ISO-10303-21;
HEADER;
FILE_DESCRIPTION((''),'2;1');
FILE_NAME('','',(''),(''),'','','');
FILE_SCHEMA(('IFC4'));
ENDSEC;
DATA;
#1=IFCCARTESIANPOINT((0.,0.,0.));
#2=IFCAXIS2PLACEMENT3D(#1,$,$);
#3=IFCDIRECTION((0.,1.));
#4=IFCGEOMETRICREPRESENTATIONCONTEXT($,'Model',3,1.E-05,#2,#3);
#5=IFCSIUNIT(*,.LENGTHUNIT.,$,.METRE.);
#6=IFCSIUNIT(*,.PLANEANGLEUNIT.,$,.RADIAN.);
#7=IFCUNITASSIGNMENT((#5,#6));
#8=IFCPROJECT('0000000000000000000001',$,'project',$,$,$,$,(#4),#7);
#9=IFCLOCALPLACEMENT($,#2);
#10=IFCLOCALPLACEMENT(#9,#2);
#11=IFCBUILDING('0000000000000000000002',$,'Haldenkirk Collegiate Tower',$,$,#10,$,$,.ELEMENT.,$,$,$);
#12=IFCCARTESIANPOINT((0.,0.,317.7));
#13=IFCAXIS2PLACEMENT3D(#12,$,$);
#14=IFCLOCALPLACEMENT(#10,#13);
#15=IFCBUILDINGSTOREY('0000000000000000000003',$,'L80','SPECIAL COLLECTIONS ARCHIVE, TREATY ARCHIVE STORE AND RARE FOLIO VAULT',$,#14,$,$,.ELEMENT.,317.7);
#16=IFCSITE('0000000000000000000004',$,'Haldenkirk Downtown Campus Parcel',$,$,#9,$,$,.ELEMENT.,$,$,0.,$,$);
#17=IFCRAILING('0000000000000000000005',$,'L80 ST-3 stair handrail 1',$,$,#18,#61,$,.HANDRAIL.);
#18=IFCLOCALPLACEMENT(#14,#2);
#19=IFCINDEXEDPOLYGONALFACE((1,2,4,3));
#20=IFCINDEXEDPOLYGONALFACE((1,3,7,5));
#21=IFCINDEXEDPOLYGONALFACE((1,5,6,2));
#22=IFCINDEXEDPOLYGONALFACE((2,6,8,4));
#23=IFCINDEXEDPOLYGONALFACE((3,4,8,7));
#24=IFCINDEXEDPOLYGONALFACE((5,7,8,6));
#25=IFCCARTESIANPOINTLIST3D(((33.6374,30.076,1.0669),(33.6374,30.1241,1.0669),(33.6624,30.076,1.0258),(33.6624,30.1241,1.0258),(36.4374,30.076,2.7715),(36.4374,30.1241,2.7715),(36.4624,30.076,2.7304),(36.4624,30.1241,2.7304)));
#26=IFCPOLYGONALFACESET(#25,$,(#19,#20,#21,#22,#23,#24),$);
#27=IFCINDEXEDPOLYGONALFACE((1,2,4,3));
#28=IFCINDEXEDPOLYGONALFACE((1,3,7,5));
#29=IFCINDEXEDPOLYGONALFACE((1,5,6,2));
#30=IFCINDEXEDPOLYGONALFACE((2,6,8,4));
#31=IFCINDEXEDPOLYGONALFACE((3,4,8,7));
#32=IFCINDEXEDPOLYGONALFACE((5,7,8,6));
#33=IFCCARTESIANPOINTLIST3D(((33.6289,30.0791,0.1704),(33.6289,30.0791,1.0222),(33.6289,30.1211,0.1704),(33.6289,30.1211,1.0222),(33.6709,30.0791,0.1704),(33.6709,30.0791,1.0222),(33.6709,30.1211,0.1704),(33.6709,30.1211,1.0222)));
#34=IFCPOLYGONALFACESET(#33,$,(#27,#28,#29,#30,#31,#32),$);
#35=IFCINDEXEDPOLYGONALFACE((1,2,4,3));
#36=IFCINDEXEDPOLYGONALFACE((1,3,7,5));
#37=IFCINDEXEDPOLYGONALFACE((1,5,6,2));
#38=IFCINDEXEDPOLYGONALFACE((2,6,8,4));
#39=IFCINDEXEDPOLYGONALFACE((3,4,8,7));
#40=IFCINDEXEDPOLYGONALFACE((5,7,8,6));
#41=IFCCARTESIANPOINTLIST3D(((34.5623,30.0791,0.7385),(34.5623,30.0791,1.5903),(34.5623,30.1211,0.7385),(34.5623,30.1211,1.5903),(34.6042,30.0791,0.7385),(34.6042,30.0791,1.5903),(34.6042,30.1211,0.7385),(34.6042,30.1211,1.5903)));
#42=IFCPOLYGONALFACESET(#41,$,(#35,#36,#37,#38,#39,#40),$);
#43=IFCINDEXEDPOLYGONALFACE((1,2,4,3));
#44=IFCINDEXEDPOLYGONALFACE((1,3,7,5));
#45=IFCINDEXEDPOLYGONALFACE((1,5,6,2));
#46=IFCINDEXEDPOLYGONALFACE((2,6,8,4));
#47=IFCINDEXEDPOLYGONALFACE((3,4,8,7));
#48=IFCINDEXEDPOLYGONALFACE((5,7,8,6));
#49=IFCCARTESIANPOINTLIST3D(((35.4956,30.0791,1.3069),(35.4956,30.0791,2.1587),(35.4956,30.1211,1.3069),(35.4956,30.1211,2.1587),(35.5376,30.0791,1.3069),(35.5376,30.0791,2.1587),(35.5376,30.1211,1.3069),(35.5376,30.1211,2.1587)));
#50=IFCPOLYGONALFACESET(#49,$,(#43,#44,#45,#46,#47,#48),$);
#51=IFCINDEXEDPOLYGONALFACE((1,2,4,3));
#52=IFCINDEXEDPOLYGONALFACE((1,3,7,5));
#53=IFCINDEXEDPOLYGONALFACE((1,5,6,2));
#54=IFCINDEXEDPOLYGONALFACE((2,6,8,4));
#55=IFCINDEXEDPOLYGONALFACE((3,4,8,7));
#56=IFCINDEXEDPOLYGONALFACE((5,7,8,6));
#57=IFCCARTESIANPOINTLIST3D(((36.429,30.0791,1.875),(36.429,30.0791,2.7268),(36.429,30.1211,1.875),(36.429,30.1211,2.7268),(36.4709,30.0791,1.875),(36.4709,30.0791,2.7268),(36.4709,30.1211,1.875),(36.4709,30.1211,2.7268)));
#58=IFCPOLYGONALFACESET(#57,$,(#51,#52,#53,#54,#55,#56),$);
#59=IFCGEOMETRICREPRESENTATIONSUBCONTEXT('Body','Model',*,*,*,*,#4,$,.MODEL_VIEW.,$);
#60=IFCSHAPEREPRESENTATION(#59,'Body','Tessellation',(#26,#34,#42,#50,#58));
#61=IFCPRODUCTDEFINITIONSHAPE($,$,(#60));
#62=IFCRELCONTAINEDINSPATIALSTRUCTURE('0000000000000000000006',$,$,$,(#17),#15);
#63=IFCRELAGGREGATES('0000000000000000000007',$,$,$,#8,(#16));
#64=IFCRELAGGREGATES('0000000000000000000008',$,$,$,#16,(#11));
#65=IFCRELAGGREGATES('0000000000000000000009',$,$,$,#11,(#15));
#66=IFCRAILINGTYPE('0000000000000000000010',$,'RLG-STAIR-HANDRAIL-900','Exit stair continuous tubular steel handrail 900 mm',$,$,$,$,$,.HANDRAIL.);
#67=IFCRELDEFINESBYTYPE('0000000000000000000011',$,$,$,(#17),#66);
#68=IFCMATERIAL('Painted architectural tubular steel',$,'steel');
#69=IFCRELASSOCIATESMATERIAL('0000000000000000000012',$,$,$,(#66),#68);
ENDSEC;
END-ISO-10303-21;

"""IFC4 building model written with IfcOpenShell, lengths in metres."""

from ifc_helpers import new_model, si_unit, direction, frame, origin, origin_2d, place, context, subcontext, project, spatial, rectangle, extrude, material, type_object, element, save


model = new_model("IFC4")

# Units and contexts
model_context = context("Model", 3, precision=1e-05, world=origin(), true_north=direction((0.0, 1.0)))
body_context = subcontext(model_context, "Body", "Model", "MODEL_VIEW")
ifc_project = project(units=[si_unit("LENGTHUNIT", "METRE"), si_unit("PLANEANGLEUNIT", "RADIAN")], contexts=[model_context])

# Site, building, storey
site_placement = place(None, origin())
site = spatial("IfcSite", under=ifc_project, at=site_placement, Name="Haldenkirk Downtown Campus Parcel", CompositionType="ELEMENT", RefElevation=0.0)
building_placement = place(site_placement, origin())
building = spatial("IfcBuilding", under=site, at=building_placement, Name="Haldenkirk Collegiate Tower", CompositionType="ELEMENT")
storey_placement = place(building_placement, frame((0.0, 0.0, 317.7)))
storey = spatial("IfcBuildingStorey", under=building, at=storey_placement, Name="L80", Description="SPECIAL COLLECTIONS ARCHIVE, TREATY ARCHIVE STORE AND RARE FOLIO VAULT", CompositionType="ELEMENT", Elevation=317.7)

# Railing
ifc_material_1 = material(Name="Painted architectural tubular steel", Category="steel")
railing_type_1 = type_object("IfcRailingType", Name="RLG-STAIR-HANDRAIL-900", Description="Exit stair continuous tubular steel handrail 900 mm", PredefinedType="HANDRAIL", material=ifc_material_1)
railing_1_placement = place(storey_placement, frame((33.6499, 30.1001, 0.1704)))
element("IfcRailing", 1, at=railing_1_placement, inside=storey, type_object=railing_type_1, Name="L80 ST-3 stair handrail 1", PredefinedType="HANDRAIL", context=body_context, shape_type="SweptSolid", body=[
    extrude(rectangle(XDim=0.0481, YDim=0.0481, at=origin_2d()), frame((0.0, 0.0, 0.876), z_axis=(0.85417, 0.0, 0.519994), x_axis=(0.0, 1.0, 0.0)), (0.0, 0.0, 1.0), 3.2781),
    extrude(rectangle(XDim=0.042, YDim=0.042, at=origin_2d()), origin(), (0.0, 0.0, 1.0), 0.8518),
    extrude(rectangle(XDim=0.042, YDim=0.042, at=origin_2d()), frame((0.9333, 0.0, 0.5681)), (0.0, 0.0, 1.0), 0.8518),
    extrude(rectangle(XDim=0.042, YDim=0.042, at=origin_2d()), frame((1.8667, 0.0, 1.1365)), (0.0, 0.0, 1.0), 0.8518),
    extrude(rectangle(XDim=0.042, YDim=0.042, at=origin_2d()), frame((2.8, 0.0, 1.7046)), (0.0, 0.0, 1.0), 0.8518),
])

save(model, "model.ifc")
